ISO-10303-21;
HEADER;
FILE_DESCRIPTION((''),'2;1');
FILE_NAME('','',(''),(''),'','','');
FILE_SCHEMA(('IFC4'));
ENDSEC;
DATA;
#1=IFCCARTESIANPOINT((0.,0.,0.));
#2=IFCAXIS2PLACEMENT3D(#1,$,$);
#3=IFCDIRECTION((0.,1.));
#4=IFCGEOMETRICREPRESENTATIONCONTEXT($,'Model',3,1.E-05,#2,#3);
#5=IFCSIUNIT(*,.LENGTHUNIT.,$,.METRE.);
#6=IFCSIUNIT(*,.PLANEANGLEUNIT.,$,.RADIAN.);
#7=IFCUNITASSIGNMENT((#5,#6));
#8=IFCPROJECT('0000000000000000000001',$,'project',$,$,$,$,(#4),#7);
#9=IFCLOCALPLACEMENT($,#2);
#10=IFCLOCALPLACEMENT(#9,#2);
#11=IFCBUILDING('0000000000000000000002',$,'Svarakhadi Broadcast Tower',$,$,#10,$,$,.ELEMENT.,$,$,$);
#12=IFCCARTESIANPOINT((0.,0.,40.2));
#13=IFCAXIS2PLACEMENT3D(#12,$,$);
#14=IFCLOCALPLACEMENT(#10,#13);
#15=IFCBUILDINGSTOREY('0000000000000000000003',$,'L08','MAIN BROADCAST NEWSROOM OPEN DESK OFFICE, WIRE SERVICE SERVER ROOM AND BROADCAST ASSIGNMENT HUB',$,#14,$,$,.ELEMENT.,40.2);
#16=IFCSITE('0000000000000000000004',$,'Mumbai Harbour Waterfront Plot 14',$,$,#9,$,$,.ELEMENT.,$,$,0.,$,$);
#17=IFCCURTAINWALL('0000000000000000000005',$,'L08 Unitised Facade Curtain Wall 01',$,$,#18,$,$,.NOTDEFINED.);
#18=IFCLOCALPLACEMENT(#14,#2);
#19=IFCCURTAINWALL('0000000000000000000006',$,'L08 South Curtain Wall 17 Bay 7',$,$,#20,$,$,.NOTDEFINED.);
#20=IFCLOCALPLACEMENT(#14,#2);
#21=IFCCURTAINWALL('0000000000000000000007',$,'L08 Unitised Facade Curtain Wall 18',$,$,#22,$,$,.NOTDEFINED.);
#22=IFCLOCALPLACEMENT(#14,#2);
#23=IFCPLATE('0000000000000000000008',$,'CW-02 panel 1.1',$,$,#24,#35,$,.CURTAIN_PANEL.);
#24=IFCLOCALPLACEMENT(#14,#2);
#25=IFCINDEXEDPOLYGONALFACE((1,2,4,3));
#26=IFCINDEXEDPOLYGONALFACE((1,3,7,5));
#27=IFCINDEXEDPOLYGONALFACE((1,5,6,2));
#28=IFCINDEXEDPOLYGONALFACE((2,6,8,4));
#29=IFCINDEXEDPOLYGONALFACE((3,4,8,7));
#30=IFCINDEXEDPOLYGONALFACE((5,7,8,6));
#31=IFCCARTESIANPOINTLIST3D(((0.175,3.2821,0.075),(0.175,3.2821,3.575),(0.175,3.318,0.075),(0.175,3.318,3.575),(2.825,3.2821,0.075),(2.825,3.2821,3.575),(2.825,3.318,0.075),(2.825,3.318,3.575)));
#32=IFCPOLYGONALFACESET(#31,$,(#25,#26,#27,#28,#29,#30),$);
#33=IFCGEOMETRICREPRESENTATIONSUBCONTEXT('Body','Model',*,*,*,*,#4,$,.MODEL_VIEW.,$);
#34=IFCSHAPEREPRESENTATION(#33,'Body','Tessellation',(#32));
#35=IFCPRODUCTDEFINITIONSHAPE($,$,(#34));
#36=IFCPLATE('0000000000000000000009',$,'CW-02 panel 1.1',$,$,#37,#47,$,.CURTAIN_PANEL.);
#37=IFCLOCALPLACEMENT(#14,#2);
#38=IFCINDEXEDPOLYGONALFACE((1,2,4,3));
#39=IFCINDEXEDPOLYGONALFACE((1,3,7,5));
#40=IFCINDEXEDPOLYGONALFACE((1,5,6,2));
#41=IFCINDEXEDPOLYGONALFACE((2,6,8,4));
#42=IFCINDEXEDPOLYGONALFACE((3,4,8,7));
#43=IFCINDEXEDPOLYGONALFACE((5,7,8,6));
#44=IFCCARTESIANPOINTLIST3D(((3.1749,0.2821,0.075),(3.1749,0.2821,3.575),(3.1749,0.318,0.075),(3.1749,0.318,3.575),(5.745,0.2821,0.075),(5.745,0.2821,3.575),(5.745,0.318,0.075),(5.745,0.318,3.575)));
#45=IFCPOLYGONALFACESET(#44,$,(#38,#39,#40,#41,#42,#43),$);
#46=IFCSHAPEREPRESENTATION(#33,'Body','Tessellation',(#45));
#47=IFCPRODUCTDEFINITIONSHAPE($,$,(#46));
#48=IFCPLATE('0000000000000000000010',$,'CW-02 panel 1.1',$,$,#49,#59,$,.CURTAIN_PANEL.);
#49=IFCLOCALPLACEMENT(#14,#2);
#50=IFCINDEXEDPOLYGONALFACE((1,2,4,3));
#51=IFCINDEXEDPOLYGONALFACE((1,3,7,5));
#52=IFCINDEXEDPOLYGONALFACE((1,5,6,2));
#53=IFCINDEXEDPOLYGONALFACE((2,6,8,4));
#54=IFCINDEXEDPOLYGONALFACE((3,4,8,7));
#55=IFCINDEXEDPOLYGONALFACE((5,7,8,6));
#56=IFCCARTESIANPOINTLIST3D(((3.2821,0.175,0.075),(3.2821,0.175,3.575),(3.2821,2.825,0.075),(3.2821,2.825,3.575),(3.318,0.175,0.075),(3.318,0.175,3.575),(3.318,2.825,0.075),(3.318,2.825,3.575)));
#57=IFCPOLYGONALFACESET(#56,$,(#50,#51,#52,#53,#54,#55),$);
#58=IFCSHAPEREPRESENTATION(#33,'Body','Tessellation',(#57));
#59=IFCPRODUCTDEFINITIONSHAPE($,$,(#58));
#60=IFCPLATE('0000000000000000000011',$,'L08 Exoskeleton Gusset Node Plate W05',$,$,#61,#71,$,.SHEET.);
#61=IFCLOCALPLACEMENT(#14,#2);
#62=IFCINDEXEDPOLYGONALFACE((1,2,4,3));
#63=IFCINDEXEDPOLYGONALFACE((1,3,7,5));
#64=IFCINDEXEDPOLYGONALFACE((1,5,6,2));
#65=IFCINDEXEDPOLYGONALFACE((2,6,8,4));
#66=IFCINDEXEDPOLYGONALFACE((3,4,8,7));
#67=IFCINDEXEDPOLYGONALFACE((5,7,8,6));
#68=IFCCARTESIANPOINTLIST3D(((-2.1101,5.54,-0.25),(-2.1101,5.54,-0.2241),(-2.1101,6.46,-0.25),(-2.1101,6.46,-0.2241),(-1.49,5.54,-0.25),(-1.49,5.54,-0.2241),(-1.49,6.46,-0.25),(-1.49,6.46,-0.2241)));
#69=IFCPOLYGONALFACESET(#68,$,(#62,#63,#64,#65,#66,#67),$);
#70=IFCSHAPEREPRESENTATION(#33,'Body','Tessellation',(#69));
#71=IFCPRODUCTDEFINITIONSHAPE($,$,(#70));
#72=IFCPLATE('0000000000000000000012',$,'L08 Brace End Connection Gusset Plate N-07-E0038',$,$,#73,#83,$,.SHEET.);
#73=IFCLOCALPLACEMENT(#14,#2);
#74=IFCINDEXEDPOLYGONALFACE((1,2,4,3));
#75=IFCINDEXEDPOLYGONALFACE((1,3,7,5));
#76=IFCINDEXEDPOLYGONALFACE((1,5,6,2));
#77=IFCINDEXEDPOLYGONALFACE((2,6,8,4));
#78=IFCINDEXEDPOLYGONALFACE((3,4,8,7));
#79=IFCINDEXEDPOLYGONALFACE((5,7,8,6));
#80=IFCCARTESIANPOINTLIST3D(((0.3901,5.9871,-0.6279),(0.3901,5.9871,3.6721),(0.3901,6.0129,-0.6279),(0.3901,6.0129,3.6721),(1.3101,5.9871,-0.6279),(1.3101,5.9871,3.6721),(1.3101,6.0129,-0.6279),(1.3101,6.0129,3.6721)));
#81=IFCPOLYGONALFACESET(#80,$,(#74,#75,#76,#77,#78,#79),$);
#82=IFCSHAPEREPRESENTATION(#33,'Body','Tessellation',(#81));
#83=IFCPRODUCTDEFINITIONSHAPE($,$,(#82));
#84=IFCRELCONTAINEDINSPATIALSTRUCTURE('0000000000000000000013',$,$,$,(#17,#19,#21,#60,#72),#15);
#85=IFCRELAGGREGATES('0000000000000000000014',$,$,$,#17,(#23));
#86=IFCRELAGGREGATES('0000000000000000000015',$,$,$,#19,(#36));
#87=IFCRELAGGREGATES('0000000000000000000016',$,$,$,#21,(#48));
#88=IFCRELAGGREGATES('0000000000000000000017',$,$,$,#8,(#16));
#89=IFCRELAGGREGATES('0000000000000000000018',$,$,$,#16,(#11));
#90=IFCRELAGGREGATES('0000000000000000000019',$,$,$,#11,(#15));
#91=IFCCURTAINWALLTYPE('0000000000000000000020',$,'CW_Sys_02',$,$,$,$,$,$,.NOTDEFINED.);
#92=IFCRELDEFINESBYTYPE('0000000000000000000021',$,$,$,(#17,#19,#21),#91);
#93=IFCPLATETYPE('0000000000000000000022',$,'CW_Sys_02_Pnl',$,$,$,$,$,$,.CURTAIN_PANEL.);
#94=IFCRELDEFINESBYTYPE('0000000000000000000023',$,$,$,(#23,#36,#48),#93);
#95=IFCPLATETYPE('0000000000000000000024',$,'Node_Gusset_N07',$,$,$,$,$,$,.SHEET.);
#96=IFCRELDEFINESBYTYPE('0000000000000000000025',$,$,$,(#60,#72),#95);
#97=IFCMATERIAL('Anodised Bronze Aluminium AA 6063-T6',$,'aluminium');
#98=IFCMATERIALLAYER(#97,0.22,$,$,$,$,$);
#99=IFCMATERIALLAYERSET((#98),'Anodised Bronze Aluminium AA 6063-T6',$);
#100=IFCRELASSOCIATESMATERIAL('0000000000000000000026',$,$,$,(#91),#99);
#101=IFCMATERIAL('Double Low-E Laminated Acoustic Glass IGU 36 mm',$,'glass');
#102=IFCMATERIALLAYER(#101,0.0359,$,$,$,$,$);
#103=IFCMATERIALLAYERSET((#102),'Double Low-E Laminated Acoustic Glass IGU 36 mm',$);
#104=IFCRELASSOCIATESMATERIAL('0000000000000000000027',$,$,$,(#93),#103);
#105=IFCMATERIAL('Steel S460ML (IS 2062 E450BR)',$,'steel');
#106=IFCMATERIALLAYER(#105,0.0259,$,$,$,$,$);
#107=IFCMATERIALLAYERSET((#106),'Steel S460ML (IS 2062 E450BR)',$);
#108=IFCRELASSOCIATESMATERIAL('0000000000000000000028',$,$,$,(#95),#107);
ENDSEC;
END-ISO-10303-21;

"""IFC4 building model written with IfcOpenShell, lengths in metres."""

from ifc_helpers import new_model, si_unit, direction, frame, origin, origin_2d, place, context, subcontext, project, spatial, rectangle, extrude, material, layer, layer_set, type_object, element, aggregate, save


model = new_model("IFC4")

# Units and contexts
model_context = context("Model", 3, precision=1e-05, world=origin(), true_north=direction((0.0, 1.0)))
body_context = subcontext(model_context, "Body", "Model", "MODEL_VIEW")
ifc_project = project(units=[si_unit("LENGTHUNIT", "METRE"), si_unit("PLANEANGLEUNIT", "RADIAN")], contexts=[model_context])

# Site, building, storey
site_placement = place(None, origin())
site = spatial("IfcSite", under=ifc_project, at=site_placement, Name="Mumbai Harbour Waterfront Plot 14", CompositionType="ELEMENT", RefElevation=0.0)
building_placement = place(site_placement, origin())
building = spatial("IfcBuilding", under=site, at=building_placement, Name="Svarakhadi Broadcast Tower", CompositionType="ELEMENT")
storey_placement = place(building_placement, frame((0.0, 0.0, 40.2)))
storey = spatial("IfcBuildingStorey", under=building, at=storey_placement, Name="L08", Description="MAIN BROADCAST NEWSROOM OPEN DESK OFFICE, WIRE SERVICE SERVER ROOM AND BROADCAST ASSIGNMENT HUB", CompositionType="ELEMENT", Elevation=40.2)

# Shared definitions
ifc_material_1 = material(Name="Steel S460ML (IS 2062 E450BR)", Category="steel")

# Curtain wall
ifc_material_2 = material(Name="Anodised Bronze Aluminium AA 6063-T6", Category="aluminium")
ifc_layer_1 = layer(ifc_material_2, 0.22)
ifc_layer_set_1 = layer_set([ifc_layer_1], Name="Anodised Bronze Aluminium AA 6063-T6")
curtain_wall_type = type_object("IfcCurtainWallType", Name="CW_Sys_02", PredefinedType="NOTDEFINED", material=ifc_layer_set_1)
curtain_wall_1_placement = place(storey_placement, origin())
curtain_wall_1 = element("IfcCurtainWall", 1, at=curtain_wall_1_placement, inside=storey, type_object=curtain_wall_type, Name="L08 Unitised Facade Curtain Wall 01", PredefinedType="NOTDEFINED")

# Curtain wall
curtain_wall_2_placement = place(storey_placement, origin())
curtain_wall_2 = element("IfcCurtainWall", 2, at=curtain_wall_2_placement, inside=storey, type_object=curtain_wall_type, Name="L08 South Curtain Wall 17 Bay 7", PredefinedType="NOTDEFINED")

# Curtain wall
curtain_wall_3_placement = place(storey_placement, origin())
curtain_wall_3 = element("IfcCurtainWall", 3, at=curtain_wall_3_placement, inside=storey, type_object=curtain_wall_type, Name="L08 Unitised Facade Curtain Wall 18", PredefinedType="NOTDEFINED")

# Plates
ifc_material_3 = material(Name="Double Low-E Laminated Acoustic Glass IGU 36 mm", Category="glass")
ifc_layer_2 = layer(ifc_material_3, 0.0359)
ifc_layer_set_2 = layer_set([ifc_layer_2], Name="Double Low-E Laminated Acoustic Glass IGU 36 mm")
plate_type_1 = type_object("IfcPlateType", Name="CW_Sys_02_Pnl", PredefinedType="CURTAIN_PANEL", material=ifc_layer_set_2)
plate_1_placement = place(storey_placement, frame((1.5, 3.3, 0.075), z_axis=(0.0, 0.0, 1.0), x_axis=(-1.0, 0.0, 0.0)))
plate_1 = element("IfcPlate", 4, at=plate_1_placement, type_object=plate_type_1, Name="CW-02 panel 1.1", PredefinedType="CURTAIN_PANEL", context=body_context, shape_type="SweptSolid", body=[
    extrude(rectangle(XDim=2.6499, YDim=0.0359, at=origin_2d()), origin(), (0.0, 0.0, 1.0), 3.5),
])
aggregate(curtain_wall_1, [plate_1])
plate_2_placement = place(storey_placement, frame((4.46, 0.3, 0.075), z_axis=(0.0, 0.0, 1.0), x_axis=(-1.0, 0.0, 0.0)))
plate_2 = element("IfcPlate", 5, at=plate_2_placement, type_object=plate_type_1, Name="CW-02 panel 1.1", PredefinedType="CURTAIN_PANEL", context=body_context, shape_type="SweptSolid", body=[
    extrude(rectangle(XDim=2.5701, YDim=0.0359, at=origin_2d()), origin(), (0.0, 0.0, 1.0), 3.5),
])
aggregate(curtain_wall_2, [plate_2])
plate_3_placement = place(storey_placement, frame((3.3, 1.5, 0.075), z_axis=(0.0, 0.0, 1.0), x_axis=(0.0, 1.0, 0.0)))
plate_3 = element("IfcPlate", 6, at=plate_3_placement, type_object=plate_type_1, Name="CW-02 panel 1.1", PredefinedType="CURTAIN_PANEL", context=body_context, shape_type="SweptSolid", body=[
    extrude(rectangle(XDim=2.6499, YDim=0.0359, at=origin_2d()), origin(), (0.0, 0.0, 1.0), 3.5),
])
aggregate(curtain_wall_3, [plate_3])

# Plates
ifc_layer_3 = layer(ifc_material_1, 0.0259)
ifc_layer_set_3 = layer_set([ifc_layer_3], Name="Steel S460ML (IS 2062 E450BR)")
plate_type_2 = type_object("IfcPlateType", Name="Node_Gusset_N07", PredefinedType="SHEET", material=ifc_layer_set_3)
plate_4_placement = place(storey_placement, frame((-1.8, 6.0, -0.25), z_axis=(0.0, 0.0, 1.0), x_axis=(0.0, 1.0, 0.0)))
element("IfcPlate", 7, at=plate_4_placement, inside=storey, type_object=plate_type_2, Name="L08 Exoskeleton Gusset Node Plate W05", PredefinedType="SHEET", context=body_context, shape_type="SweptSolid", body=[
    extrude(rectangle(XDim=0.9199, YDim=0.6201, at=origin_2d()), origin(), (0.0, 0.0, 1.0), 0.0259),
])
plate_5_placement = place(storey_placement, frame((0.8501, 6.0, -0.6279), z_axis=(0.0, 0.0, 1.0), x_axis=(1.0, 0.0, 0.0)))
element("IfcPlate", 8, at=plate_5_placement, inside=storey, type_object=plate_type_2, Name="L08 Brace End Connection Gusset Plate N-07-E0038", PredefinedType="SHEET", context=body_context, shape_type="SweptSolid", body=[
    extrude(rectangle(XDim=0.9199, YDim=0.0259, at=origin_2d()), origin(), (0.0, 0.0, 1.0), 4.3),
])

save(model, "model.ifc")
